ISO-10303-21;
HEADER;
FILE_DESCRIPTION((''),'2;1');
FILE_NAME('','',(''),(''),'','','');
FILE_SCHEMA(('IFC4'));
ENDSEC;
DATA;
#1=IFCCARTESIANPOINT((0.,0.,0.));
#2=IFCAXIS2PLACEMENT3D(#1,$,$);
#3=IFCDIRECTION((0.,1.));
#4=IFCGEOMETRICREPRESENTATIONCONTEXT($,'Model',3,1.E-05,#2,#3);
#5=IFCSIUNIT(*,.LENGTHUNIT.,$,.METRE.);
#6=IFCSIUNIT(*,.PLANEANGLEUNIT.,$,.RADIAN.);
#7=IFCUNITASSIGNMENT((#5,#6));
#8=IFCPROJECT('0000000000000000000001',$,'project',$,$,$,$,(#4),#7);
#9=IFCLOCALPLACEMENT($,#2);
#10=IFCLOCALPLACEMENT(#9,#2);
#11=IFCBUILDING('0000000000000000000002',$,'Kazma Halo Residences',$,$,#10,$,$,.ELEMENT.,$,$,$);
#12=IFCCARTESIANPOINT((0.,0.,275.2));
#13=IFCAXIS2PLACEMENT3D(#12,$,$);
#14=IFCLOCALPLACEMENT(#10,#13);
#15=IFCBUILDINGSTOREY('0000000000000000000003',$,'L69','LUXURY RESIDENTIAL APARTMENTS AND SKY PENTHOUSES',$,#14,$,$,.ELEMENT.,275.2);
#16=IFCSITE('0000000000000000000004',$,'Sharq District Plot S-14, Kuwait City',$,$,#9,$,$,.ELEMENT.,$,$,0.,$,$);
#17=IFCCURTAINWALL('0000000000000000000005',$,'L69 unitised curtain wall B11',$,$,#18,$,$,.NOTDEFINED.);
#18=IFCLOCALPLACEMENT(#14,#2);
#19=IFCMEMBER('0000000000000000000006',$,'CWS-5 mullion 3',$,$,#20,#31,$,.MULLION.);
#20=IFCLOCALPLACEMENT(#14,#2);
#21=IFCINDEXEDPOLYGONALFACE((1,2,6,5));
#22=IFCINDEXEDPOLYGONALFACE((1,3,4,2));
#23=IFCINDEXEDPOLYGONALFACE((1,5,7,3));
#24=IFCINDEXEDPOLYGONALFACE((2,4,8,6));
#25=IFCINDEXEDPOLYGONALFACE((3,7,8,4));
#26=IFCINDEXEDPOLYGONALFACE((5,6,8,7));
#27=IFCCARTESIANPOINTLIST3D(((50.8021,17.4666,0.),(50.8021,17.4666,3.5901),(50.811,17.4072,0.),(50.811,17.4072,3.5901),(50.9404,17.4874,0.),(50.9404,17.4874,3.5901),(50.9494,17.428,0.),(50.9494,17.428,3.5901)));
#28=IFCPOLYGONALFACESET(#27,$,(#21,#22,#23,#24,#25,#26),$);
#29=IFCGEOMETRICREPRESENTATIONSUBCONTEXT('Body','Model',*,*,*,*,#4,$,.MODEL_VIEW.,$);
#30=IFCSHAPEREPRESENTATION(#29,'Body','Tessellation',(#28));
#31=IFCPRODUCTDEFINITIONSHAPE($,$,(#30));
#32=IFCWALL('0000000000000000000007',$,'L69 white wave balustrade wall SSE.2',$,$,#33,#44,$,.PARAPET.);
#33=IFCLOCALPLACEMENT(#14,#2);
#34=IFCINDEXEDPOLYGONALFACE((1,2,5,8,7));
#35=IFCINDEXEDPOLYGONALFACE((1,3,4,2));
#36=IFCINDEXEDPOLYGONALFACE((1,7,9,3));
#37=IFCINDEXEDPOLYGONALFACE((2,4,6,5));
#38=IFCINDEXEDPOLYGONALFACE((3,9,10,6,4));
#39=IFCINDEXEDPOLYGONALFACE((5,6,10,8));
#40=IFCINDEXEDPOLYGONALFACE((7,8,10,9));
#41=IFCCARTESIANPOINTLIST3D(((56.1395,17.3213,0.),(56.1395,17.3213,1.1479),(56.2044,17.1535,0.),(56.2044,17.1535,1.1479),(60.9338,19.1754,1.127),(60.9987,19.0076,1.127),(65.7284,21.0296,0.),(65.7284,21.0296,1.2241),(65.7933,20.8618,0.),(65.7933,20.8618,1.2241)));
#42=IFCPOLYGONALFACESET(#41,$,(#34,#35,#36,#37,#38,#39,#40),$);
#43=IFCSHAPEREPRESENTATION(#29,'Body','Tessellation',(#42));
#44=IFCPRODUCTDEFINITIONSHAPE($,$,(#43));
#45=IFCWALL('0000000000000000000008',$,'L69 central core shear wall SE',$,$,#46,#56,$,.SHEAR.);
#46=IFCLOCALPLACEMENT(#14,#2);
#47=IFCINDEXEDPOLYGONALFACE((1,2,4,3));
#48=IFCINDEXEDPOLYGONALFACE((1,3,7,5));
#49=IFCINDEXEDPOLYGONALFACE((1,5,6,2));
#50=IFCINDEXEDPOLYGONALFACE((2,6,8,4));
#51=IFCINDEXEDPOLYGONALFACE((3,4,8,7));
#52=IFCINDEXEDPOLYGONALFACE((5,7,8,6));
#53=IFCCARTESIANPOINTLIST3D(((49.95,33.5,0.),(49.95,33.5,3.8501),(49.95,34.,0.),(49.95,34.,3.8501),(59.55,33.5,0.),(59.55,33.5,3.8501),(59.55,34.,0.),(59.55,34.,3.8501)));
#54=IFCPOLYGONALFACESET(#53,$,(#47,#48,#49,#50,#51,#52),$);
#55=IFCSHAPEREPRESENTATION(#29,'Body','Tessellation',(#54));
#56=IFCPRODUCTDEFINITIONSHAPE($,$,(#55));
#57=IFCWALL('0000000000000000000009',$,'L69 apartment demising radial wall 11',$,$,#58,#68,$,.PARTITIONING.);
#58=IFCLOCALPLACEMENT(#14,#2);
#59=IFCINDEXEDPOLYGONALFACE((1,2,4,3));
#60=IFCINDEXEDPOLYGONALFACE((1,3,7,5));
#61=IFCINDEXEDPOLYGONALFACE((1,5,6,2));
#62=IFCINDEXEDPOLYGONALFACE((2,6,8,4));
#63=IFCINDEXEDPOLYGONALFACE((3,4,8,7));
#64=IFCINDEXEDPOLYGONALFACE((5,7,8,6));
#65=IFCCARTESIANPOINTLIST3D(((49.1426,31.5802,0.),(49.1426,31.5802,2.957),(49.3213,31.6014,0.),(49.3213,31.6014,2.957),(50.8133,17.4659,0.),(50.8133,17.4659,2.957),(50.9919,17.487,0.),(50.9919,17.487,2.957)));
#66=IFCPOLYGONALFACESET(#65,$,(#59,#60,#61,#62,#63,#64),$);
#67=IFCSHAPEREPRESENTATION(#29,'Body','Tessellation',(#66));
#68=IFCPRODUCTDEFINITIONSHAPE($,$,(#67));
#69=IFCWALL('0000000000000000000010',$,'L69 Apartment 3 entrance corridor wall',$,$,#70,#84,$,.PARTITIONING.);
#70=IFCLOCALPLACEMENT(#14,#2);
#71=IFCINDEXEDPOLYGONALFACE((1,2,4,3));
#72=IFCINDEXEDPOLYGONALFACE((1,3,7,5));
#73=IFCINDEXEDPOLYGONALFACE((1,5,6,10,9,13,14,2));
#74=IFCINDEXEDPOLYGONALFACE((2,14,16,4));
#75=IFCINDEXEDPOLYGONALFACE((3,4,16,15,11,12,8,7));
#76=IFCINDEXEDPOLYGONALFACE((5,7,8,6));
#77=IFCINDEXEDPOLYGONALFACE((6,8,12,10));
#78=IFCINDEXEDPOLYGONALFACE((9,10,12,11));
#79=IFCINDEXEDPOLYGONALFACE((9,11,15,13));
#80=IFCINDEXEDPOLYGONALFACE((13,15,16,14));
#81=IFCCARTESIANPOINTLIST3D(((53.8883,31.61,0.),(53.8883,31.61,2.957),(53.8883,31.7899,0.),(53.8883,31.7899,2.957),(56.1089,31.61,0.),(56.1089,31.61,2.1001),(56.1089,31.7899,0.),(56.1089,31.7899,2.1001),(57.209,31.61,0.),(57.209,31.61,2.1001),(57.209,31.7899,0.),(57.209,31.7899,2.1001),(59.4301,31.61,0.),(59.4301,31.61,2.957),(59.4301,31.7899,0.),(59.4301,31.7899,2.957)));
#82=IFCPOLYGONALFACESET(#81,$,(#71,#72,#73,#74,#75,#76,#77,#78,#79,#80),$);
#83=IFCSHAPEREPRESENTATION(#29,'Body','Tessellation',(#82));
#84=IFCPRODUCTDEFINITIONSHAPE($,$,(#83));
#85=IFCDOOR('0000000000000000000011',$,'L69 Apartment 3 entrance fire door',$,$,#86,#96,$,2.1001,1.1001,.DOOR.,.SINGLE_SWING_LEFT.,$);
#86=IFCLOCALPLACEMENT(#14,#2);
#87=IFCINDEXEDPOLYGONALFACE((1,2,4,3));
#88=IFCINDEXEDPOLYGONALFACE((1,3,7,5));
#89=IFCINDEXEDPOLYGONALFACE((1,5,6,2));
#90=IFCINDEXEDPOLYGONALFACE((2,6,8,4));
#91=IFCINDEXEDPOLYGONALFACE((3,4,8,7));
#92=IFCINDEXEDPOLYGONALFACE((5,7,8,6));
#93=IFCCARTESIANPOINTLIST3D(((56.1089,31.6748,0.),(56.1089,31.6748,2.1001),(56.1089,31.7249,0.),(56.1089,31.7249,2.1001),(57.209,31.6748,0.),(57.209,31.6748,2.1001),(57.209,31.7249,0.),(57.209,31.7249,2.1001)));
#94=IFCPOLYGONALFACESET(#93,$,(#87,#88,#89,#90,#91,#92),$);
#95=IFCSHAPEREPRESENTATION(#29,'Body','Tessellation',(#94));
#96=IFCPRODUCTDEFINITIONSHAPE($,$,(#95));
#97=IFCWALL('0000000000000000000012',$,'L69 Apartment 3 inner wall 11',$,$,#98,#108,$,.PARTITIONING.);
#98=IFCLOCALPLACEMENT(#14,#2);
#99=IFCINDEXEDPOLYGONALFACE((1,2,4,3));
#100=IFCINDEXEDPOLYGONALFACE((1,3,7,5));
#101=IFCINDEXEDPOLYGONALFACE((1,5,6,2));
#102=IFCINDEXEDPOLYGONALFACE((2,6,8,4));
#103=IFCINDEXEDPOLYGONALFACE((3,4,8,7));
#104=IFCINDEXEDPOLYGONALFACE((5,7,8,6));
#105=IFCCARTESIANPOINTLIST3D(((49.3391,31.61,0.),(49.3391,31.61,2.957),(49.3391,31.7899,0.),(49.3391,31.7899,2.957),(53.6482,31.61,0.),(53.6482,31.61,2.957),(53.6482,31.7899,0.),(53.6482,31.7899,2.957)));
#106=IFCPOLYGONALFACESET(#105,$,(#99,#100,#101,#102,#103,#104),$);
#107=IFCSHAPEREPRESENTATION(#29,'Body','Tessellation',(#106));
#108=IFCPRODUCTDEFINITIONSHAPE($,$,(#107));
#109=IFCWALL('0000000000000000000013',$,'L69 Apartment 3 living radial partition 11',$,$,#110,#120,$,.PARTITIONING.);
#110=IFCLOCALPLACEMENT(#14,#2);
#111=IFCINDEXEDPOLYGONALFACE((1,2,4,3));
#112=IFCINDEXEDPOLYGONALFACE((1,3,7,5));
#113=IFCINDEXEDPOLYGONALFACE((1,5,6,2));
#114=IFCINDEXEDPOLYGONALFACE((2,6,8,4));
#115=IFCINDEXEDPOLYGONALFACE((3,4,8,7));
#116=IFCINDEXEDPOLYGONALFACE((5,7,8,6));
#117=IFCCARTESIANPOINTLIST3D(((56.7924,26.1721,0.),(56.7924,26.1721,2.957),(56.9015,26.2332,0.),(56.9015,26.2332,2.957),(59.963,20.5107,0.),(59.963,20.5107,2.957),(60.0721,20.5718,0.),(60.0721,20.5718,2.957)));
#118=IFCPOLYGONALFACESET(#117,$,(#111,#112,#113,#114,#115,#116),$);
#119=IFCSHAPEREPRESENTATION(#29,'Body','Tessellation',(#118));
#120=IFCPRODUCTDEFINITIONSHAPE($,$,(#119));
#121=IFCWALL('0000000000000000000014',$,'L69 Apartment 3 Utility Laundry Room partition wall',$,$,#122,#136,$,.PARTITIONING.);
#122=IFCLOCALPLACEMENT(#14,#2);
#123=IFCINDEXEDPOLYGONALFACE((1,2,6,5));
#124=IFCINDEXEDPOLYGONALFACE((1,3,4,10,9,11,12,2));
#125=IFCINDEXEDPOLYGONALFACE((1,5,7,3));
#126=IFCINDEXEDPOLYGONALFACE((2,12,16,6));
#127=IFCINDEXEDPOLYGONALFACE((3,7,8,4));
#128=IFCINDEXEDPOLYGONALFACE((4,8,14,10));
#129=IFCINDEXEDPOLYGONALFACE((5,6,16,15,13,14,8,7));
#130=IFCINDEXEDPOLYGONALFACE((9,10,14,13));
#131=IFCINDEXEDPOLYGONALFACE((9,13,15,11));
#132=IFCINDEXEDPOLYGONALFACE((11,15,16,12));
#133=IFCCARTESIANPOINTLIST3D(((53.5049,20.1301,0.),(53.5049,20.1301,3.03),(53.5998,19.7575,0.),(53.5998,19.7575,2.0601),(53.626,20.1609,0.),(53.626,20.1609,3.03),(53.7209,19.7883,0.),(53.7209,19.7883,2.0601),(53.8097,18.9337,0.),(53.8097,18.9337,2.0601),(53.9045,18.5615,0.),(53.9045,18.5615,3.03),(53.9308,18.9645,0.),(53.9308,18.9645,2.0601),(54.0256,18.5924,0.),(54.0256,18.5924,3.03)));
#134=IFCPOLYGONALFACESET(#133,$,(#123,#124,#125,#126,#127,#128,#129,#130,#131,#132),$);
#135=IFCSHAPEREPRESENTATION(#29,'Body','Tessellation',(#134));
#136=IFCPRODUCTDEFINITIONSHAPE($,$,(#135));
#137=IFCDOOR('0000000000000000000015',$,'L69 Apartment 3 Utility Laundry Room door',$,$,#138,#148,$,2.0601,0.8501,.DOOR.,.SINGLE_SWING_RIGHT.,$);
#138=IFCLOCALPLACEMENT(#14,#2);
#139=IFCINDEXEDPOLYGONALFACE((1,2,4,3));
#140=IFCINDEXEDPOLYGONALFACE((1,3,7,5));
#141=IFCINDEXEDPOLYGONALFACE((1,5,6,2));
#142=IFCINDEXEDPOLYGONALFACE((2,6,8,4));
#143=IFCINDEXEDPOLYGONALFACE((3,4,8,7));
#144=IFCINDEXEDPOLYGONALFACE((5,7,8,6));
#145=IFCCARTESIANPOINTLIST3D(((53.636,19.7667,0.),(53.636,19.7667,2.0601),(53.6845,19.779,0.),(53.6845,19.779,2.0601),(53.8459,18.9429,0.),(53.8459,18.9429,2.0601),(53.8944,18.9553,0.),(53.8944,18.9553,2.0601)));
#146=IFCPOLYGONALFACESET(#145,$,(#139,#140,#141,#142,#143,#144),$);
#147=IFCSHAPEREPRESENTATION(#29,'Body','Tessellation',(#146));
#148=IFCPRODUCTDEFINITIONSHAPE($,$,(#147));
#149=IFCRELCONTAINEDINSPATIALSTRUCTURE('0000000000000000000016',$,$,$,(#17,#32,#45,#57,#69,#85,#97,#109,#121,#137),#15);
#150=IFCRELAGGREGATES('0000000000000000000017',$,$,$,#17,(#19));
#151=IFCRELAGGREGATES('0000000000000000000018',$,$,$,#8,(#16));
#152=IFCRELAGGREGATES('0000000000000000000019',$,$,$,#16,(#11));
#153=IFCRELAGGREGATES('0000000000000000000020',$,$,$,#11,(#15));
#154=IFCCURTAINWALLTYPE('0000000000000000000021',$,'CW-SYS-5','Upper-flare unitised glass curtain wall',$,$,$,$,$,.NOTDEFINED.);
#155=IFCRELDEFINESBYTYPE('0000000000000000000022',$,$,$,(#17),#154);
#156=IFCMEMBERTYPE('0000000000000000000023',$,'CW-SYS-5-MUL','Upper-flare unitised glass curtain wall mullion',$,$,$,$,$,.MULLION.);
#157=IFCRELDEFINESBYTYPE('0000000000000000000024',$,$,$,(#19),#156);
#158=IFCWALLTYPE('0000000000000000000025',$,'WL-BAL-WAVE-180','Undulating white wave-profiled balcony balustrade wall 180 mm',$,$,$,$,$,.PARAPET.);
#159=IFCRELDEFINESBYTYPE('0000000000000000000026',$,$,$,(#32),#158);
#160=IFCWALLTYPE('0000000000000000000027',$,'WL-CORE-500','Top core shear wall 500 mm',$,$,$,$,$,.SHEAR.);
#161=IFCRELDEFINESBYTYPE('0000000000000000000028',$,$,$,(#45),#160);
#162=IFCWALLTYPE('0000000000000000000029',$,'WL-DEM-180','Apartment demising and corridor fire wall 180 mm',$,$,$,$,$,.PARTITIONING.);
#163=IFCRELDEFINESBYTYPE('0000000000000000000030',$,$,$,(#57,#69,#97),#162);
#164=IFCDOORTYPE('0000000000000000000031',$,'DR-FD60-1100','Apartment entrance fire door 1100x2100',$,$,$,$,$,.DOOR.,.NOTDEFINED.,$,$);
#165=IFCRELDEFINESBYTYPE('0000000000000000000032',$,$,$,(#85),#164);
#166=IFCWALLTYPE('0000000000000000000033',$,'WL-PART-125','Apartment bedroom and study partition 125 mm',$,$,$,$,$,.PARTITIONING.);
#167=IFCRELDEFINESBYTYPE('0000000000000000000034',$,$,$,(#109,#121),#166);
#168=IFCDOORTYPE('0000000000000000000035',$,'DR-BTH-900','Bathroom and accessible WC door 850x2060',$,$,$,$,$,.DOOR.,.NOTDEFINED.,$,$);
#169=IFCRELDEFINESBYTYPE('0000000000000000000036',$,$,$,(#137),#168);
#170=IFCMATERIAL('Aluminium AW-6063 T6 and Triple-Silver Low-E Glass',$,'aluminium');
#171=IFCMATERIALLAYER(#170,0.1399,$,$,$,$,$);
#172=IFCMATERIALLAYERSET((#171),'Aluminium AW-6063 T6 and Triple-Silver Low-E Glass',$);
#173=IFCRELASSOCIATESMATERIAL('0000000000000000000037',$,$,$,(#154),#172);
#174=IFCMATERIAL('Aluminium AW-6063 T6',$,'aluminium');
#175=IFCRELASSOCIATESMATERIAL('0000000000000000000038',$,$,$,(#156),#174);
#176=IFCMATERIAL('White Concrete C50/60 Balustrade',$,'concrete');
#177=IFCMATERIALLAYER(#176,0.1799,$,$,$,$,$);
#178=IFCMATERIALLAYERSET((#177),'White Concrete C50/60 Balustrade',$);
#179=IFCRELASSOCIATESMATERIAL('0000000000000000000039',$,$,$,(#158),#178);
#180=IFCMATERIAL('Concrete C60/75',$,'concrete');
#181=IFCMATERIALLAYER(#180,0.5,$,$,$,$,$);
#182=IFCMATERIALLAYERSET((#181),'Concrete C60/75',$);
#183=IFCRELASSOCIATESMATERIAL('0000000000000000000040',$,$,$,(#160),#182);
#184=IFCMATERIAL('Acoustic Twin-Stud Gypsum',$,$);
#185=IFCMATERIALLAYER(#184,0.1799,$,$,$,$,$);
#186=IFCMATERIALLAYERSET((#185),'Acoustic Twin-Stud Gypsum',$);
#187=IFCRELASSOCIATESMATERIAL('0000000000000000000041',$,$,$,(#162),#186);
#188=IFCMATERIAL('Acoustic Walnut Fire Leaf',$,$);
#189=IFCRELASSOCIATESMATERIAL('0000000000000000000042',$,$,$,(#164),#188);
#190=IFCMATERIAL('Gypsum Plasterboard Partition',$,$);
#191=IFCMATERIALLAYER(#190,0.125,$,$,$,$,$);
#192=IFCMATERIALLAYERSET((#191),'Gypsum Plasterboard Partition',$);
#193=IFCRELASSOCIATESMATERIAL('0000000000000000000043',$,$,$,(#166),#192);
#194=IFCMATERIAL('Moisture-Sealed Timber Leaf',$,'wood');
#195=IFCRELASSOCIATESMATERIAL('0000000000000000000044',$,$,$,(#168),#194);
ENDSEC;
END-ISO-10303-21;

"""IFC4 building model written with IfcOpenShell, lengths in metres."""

from ifc_helpers import new_model, si_unit, direction, frame, frame_2d, origin, origin_2d, place, context, subcontext, project, spatial, polyline, rectangle, outline, extrude, material, layer, layer_set, material_profile, profile_set, type_object, element, fill, aggregate, save


model = new_model("IFC4")

# Units and contexts
model_context = context("Model", 3, precision=1e-05, world=origin(), true_north=direction((0.0, 1.0)))
body_context = subcontext(model_context, "Body", "Model", "MODEL_VIEW")
ifc_project = project(units=[si_unit("LENGTHUNIT", "METRE"), si_unit("PLANEANGLEUNIT", "RADIAN")], contexts=[model_context])

# Site, building, storey
site_placement = place(None, origin())
site = spatial("IfcSite", under=ifc_project, at=site_placement, Name="Sharq District Plot S-14, Kuwait City", CompositionType="ELEMENT", RefElevation=0.0)
building_placement = place(site_placement, origin())
building = spatial("IfcBuilding", under=site, at=building_placement, Name="Kazma Halo Residences", CompositionType="ELEMENT")
storey_placement = place(building_placement, frame((0.0, 0.0, 275.2)))
storey = spatial("IfcBuildingStorey", under=building, at=storey_placement, Name="L69", Description="LUXURY RESIDENTIAL APARTMENTS AND SKY PENTHOUSES", CompositionType="ELEMENT", Elevation=275.2)

# Shared definitions
ifc_material_1 = material(Name="Concrete C60/75", Category="concrete")

# Curtain wall, member
ifc_material_2 = material(Name="Aluminium AW-6063 T6 and Triple-Silver Low-E Glass", Category="aluminium")
ifc_layer_1 = layer(ifc_material_2, 0.1399)
ifc_layer_set_1 = layer_set([ifc_layer_1], Name="Aluminium AW-6063 T6 and Triple-Silver Low-E Glass")
curtain_wall_type = type_object("IfcCurtainWallType", Name="CW-SYS-5", Description="Upper-flare unitised glass curtain wall", PredefinedType="NOTDEFINED", material=ifc_layer_set_1)
curtain_wall_placement = place(storey_placement, origin())
curtain_wall = element("IfcCurtainWall", 1, at=curtain_wall_placement, inside=storey, type_object=curtain_wall_type, Name="L69 unitised curtain wall B11", PredefinedType="NOTDEFINED")
ifc_material_3 = material(Name="Aluminium AW-6063 T6", Category="aluminium")
ifc_material_profile_1 = material_profile(ifc_material_3, rectangle(XDim=0.0601, YDim=0.1399, at=origin_2d()), Name="CWM-60x140")
ifc_profile_set_1 = profile_set([ifc_material_profile_1], Name="Aluminium AW-6063 T6")
member_type = type_object("IfcMemberType", Name="CW-SYS-5-MUL", Description="Upper-flare unitised glass curtain wall mullion", PredefinedType="MULLION", material=ifc_profile_set_1)
member_placement = place(storey_placement, frame((50.8757, 17.4473, 0.0), z_axis=(0.0, 0.0, 1.0), x_axis=(-0.148697, 0.988883, 0.0)))
member = element("IfcMember", 2, at=member_placement, type_object=member_type, Name="CWS-5 mullion 3", PredefinedType="MULLION", context=body_context, shape_type="SweptSolid", body=[
    extrude(rectangle(XDim=0.0601, YDim=0.1399, at=origin_2d()), origin(), (0.0, 0.0, 1.0), 3.5901),
])
aggregate(curtain_wall, [member])

# Walls
ifc_material_4 = material(Name="White Concrete C50/60 Balustrade", Category="concrete")
ifc_layer_2 = layer(ifc_material_4, 0.1799)
ifc_layer_set_2 = layer_set([ifc_layer_2], Name="White Concrete C50/60 Balustrade")
wall_type_1 = type_object("IfcWallType", Name="WL-BAL-WAVE-180", Description="Undulating white wave-profiled balcony balustrade wall 180 mm", PredefinedType="PARAPET", material=ifc_layer_set_2)
wall_1_placement = place(storey_placement, frame((56.1719, 17.2375, 0.0), z_axis=(0.0, 0.0, 1.0), x_axis=(0.932685, 0.360692, 0.0)))
element("IfcWall", 3, at=wall_1_placement, inside=storey, type_object=wall_type_1, Name="L69 white wave balustrade wall SSE.2", PredefinedType="PARAPET", context=body_context, shape_type="SweptSolid", body=[
    extrude(outline(polyline([(0.0, 0.0), (10.281, 0.0), (10.281, 1.2241), (5.1404, 1.127), (0.0, 1.1479), (0.0, 0.0)])), frame((0.0, 0.0898, 0.0), z_axis=(0.0, -1.0, 0.0), x_axis=(1.0, 0.0, 0.0)), (0.0, 0.0, 1.0), 0.1799),
])
ifc_layer_3 = layer(ifc_material_1, 0.5)
ifc_layer_set_3 = layer_set([ifc_layer_3], Name="Concrete C60/75")
wall_type_2 = type_object("IfcWallType", Name="WL-CORE-500", Description="Top core shear wall 500 mm", PredefinedType="SHEAR", material=ifc_layer_set_3)
wall_2_placement = place(storey_placement, frame((49.95, 33.75, 0.0), z_axis=(0.0, 0.0, 1.0), x_axis=(1.0, 0.0, 0.0)))
element("IfcWall", 4, at=wall_2_placement, inside=storey, type_object=wall_type_2, Name="L69 central core shear wall SE", PredefinedType="SHEAR", context=body_context, shape_type="SweptSolid", body=[
    extrude(rectangle(XDim=9.6001, YDim=0.5, at=frame_2d((4.8, 0.0))), origin(), (0.0, 0.0, 1.0), 3.8501),
])
ifc_material_5 = material(Name="Acoustic Twin-Stud Gypsum")
ifc_layer_4 = layer(ifc_material_5, 0.1799)
ifc_layer_set_4 = layer_set([ifc_layer_4], Name="Acoustic Twin-Stud Gypsum")
wall_type_3 = type_object("IfcWallType", Name="WL-DEM-180", Description="Apartment demising and corridor fire wall 180 mm", PredefinedType="PARTITIONING", material=ifc_layer_set_4)
wall_3_placement = place(storey_placement, frame((49.2319, 31.5908, 0.0), z_axis=(0.0, 0.0, 1.0), x_axis=(0.117546, -0.993067, 0.0)))
element("IfcWall", 5, at=wall_3_placement, inside=storey, type_object=wall_type_3, Name="L69 apartment demising radial wall 11", PredefinedType="PARTITIONING", context=body_context, shape_type="SweptSolid", body=[
    extrude(rectangle(XDim=14.2129, YDim=0.1799, at=frame_2d((7.1064, 0.0))), origin(), (0.0, 0.0, 1.0), 2.957),
])

# Wall, opening, door
wall_4_placement = place(storey_placement, frame((53.8882, 31.7, 0.0), z_axis=(0.0, 0.0, 1.0), x_axis=(1.0, 0.0, 0.0)))
wall_4 = element("IfcWall", 6, at=wall_4_placement, inside=storey, type_object=wall_type_3, Name="L69 Apartment 3 entrance corridor wall", PredefinedType="PARTITIONING", context=body_context, shape_type="SweptSolid", body=[
    extrude(rectangle(XDim=5.5417, YDim=0.1799, at=frame_2d((2.771, 0.0))), origin(), (0.0, 0.0, 1.0), 2.957),
])
opening_1_placement = place(wall_4_placement, frame((2.2207, 0.0, 0.0)))
opening_1 = element("IfcOpeningElement", 7, at=opening_1_placement, cuts=wall_4, PredefinedType="OPENING", context=body_context, shape_type="SweptSolid", body=[
    extrude(rectangle(XDim=1.1001, YDim=2.1001, at=frame_2d((0.55, 1.05))), frame((0.0, 0.0999, 0.0), z_axis=(0.0, -1.0, 0.0), x_axis=(1.0, 0.0, 0.0)), (0.0, 0.0, 1.0), 0.2),
])
ifc_material_6 = material(Name="Acoustic Walnut Fire Leaf")
door_type_1 = type_object("IfcDoorType", Name="DR-FD60-1100", Description="Apartment entrance fire door 1100x2100", OperationType="NOTDEFINED", PredefinedType="DOOR", material=ifc_material_6)
door_1_placement = place(opening_1_placement, origin())
door_1 = element("IfcDoor", 8, at=door_1_placement, inside=storey, type_object=door_type_1, Name="L69 Apartment 3 entrance fire door", OperationType="SINGLE_SWING_LEFT", OverallHeight=2.1001, OverallWidth=1.1001, PredefinedType="DOOR", context=body_context, shape_type="SweptSolid", body=[
    extrude(rectangle(XDim=1.1001, YDim=2.1001, at=frame_2d((0.55, 1.05))), frame((0.0, 0.0249, 0.0), z_axis=(0.0, -1.0, 0.0), x_axis=(1.0, 0.0, 0.0)), (0.0, 0.0, 1.0), 0.05),
])
fill(opening_1, door_1)

# Wall
wall_5_placement = place(storey_placement, frame((49.3391, 31.7, 0.0), z_axis=(0.0, 0.0, 1.0), x_axis=(1.0, 0.0, 0.0)))
element("IfcWall", 9, at=wall_5_placement, inside=storey, type_object=wall_type_3, Name="L69 Apartment 3 inner wall 11", PredefinedType="PARTITIONING", context=body_context, shape_type="SweptSolid", body=[
    extrude(rectangle(XDim=4.3091, YDim=0.1799, at=frame_2d((2.1545, 0.0))), origin(), (0.0, 0.0, 1.0), 2.957),
])

# Wall
ifc_material_7 = material(Name="Gypsum Plasterboard Partition")
ifc_layer_5 = layer(ifc_material_7, 0.125)
ifc_layer_set_5 = layer_set([ifc_layer_5], Name="Gypsum Plasterboard Partition")
wall_type_4 = type_object("IfcWallType", Name="WL-PART-125", Description="Apartment bedroom and study partition 125 mm", PredefinedType="PARTITIONING", material=ifc_layer_set_5)
wall_6_placement = place(storey_placement, frame((56.8469, 26.2026, 0.0), z_axis=(0.0, 0.0, 1.0), x_axis=(0.488637, -0.872487, 0.0)))
element("IfcWall", 10, at=wall_6_placement, inside=storey, type_object=wall_type_4, Name="L69 Apartment 3 living radial partition 11", PredefinedType="PARTITIONING", context=body_context, shape_type="SweptSolid", body=[
    extrude(rectangle(XDim=6.4888, YDim=0.125, at=frame_2d((3.2444, 0.0))), origin(), (0.0, 0.0, 1.0), 2.957),
])

# Wall, opening, door
wall_7_placement = place(storey_placement, frame((53.5654, 20.1455, 0.0), z_axis=(0.0, 0.0, 1.0), x_axis=(0.246898, -0.969041, 0.0)))
wall_7 = element("IfcWall", 11, at=wall_7_placement, inside=storey, type_object=wall_type_4, Name="L69 Apartment 3 Utility Laundry Room partition wall", PredefinedType="PARTITIONING", context=body_context, shape_type="SweptSolid", body=[
    extrude(rectangle(XDim=1.6187, YDim=0.125, at=frame_2d((0.8093, 0.0))), origin(), (0.0, 0.0, 1.0), 3.03),
])
opening_2_placement = place(wall_7_placement, frame((0.3845, 0.0, 0.0)))
opening_2 = element("IfcOpeningElement", 12, at=opening_2_placement, cuts=wall_7, PredefinedType="OPENING", context=body_context, shape_type="SweptSolid", body=[
    extrude(rectangle(XDim=0.8501, YDim=2.0601, at=frame_2d((0.425, 1.03))), frame((0.0, 0.0725, 0.0), z_axis=(0.0, -1.0, 0.0), x_axis=(1.0, 0.0, 0.0)), (0.0, 0.0, 1.0), 0.145),
])
ifc_material_8 = material(Name="Moisture-Sealed Timber Leaf", Category="wood")
door_type_2 = type_object("IfcDoorType", Name="DR-BTH-900", Description="Bathroom and accessible WC door 850x2060", OperationType="NOTDEFINED", PredefinedType="DOOR", material=ifc_material_8)
door_2_placement = place(opening_2_placement, origin())
door_2 = element("IfcDoor", 13, at=door_2_placement, inside=storey, type_object=door_type_2, Name="L69 Apartment 3 Utility Laundry Room door", OperationType="SINGLE_SWING_RIGHT", OverallHeight=2.0601, OverallWidth=0.8501, PredefinedType="DOOR", context=body_context, shape_type="SweptSolid", body=[
    extrude(rectangle(XDim=0.8501, YDim=2.0601, at=frame_2d((0.425, 1.03))), frame((0.0, 0.0249, 0.0), z_axis=(0.0, -1.0, 0.0), x_axis=(1.0, 0.0, 0.0)), (0.0, 0.0, 1.0), 0.05),
])
fill(opening_2, door_2)

save(model, "model.ifc")
